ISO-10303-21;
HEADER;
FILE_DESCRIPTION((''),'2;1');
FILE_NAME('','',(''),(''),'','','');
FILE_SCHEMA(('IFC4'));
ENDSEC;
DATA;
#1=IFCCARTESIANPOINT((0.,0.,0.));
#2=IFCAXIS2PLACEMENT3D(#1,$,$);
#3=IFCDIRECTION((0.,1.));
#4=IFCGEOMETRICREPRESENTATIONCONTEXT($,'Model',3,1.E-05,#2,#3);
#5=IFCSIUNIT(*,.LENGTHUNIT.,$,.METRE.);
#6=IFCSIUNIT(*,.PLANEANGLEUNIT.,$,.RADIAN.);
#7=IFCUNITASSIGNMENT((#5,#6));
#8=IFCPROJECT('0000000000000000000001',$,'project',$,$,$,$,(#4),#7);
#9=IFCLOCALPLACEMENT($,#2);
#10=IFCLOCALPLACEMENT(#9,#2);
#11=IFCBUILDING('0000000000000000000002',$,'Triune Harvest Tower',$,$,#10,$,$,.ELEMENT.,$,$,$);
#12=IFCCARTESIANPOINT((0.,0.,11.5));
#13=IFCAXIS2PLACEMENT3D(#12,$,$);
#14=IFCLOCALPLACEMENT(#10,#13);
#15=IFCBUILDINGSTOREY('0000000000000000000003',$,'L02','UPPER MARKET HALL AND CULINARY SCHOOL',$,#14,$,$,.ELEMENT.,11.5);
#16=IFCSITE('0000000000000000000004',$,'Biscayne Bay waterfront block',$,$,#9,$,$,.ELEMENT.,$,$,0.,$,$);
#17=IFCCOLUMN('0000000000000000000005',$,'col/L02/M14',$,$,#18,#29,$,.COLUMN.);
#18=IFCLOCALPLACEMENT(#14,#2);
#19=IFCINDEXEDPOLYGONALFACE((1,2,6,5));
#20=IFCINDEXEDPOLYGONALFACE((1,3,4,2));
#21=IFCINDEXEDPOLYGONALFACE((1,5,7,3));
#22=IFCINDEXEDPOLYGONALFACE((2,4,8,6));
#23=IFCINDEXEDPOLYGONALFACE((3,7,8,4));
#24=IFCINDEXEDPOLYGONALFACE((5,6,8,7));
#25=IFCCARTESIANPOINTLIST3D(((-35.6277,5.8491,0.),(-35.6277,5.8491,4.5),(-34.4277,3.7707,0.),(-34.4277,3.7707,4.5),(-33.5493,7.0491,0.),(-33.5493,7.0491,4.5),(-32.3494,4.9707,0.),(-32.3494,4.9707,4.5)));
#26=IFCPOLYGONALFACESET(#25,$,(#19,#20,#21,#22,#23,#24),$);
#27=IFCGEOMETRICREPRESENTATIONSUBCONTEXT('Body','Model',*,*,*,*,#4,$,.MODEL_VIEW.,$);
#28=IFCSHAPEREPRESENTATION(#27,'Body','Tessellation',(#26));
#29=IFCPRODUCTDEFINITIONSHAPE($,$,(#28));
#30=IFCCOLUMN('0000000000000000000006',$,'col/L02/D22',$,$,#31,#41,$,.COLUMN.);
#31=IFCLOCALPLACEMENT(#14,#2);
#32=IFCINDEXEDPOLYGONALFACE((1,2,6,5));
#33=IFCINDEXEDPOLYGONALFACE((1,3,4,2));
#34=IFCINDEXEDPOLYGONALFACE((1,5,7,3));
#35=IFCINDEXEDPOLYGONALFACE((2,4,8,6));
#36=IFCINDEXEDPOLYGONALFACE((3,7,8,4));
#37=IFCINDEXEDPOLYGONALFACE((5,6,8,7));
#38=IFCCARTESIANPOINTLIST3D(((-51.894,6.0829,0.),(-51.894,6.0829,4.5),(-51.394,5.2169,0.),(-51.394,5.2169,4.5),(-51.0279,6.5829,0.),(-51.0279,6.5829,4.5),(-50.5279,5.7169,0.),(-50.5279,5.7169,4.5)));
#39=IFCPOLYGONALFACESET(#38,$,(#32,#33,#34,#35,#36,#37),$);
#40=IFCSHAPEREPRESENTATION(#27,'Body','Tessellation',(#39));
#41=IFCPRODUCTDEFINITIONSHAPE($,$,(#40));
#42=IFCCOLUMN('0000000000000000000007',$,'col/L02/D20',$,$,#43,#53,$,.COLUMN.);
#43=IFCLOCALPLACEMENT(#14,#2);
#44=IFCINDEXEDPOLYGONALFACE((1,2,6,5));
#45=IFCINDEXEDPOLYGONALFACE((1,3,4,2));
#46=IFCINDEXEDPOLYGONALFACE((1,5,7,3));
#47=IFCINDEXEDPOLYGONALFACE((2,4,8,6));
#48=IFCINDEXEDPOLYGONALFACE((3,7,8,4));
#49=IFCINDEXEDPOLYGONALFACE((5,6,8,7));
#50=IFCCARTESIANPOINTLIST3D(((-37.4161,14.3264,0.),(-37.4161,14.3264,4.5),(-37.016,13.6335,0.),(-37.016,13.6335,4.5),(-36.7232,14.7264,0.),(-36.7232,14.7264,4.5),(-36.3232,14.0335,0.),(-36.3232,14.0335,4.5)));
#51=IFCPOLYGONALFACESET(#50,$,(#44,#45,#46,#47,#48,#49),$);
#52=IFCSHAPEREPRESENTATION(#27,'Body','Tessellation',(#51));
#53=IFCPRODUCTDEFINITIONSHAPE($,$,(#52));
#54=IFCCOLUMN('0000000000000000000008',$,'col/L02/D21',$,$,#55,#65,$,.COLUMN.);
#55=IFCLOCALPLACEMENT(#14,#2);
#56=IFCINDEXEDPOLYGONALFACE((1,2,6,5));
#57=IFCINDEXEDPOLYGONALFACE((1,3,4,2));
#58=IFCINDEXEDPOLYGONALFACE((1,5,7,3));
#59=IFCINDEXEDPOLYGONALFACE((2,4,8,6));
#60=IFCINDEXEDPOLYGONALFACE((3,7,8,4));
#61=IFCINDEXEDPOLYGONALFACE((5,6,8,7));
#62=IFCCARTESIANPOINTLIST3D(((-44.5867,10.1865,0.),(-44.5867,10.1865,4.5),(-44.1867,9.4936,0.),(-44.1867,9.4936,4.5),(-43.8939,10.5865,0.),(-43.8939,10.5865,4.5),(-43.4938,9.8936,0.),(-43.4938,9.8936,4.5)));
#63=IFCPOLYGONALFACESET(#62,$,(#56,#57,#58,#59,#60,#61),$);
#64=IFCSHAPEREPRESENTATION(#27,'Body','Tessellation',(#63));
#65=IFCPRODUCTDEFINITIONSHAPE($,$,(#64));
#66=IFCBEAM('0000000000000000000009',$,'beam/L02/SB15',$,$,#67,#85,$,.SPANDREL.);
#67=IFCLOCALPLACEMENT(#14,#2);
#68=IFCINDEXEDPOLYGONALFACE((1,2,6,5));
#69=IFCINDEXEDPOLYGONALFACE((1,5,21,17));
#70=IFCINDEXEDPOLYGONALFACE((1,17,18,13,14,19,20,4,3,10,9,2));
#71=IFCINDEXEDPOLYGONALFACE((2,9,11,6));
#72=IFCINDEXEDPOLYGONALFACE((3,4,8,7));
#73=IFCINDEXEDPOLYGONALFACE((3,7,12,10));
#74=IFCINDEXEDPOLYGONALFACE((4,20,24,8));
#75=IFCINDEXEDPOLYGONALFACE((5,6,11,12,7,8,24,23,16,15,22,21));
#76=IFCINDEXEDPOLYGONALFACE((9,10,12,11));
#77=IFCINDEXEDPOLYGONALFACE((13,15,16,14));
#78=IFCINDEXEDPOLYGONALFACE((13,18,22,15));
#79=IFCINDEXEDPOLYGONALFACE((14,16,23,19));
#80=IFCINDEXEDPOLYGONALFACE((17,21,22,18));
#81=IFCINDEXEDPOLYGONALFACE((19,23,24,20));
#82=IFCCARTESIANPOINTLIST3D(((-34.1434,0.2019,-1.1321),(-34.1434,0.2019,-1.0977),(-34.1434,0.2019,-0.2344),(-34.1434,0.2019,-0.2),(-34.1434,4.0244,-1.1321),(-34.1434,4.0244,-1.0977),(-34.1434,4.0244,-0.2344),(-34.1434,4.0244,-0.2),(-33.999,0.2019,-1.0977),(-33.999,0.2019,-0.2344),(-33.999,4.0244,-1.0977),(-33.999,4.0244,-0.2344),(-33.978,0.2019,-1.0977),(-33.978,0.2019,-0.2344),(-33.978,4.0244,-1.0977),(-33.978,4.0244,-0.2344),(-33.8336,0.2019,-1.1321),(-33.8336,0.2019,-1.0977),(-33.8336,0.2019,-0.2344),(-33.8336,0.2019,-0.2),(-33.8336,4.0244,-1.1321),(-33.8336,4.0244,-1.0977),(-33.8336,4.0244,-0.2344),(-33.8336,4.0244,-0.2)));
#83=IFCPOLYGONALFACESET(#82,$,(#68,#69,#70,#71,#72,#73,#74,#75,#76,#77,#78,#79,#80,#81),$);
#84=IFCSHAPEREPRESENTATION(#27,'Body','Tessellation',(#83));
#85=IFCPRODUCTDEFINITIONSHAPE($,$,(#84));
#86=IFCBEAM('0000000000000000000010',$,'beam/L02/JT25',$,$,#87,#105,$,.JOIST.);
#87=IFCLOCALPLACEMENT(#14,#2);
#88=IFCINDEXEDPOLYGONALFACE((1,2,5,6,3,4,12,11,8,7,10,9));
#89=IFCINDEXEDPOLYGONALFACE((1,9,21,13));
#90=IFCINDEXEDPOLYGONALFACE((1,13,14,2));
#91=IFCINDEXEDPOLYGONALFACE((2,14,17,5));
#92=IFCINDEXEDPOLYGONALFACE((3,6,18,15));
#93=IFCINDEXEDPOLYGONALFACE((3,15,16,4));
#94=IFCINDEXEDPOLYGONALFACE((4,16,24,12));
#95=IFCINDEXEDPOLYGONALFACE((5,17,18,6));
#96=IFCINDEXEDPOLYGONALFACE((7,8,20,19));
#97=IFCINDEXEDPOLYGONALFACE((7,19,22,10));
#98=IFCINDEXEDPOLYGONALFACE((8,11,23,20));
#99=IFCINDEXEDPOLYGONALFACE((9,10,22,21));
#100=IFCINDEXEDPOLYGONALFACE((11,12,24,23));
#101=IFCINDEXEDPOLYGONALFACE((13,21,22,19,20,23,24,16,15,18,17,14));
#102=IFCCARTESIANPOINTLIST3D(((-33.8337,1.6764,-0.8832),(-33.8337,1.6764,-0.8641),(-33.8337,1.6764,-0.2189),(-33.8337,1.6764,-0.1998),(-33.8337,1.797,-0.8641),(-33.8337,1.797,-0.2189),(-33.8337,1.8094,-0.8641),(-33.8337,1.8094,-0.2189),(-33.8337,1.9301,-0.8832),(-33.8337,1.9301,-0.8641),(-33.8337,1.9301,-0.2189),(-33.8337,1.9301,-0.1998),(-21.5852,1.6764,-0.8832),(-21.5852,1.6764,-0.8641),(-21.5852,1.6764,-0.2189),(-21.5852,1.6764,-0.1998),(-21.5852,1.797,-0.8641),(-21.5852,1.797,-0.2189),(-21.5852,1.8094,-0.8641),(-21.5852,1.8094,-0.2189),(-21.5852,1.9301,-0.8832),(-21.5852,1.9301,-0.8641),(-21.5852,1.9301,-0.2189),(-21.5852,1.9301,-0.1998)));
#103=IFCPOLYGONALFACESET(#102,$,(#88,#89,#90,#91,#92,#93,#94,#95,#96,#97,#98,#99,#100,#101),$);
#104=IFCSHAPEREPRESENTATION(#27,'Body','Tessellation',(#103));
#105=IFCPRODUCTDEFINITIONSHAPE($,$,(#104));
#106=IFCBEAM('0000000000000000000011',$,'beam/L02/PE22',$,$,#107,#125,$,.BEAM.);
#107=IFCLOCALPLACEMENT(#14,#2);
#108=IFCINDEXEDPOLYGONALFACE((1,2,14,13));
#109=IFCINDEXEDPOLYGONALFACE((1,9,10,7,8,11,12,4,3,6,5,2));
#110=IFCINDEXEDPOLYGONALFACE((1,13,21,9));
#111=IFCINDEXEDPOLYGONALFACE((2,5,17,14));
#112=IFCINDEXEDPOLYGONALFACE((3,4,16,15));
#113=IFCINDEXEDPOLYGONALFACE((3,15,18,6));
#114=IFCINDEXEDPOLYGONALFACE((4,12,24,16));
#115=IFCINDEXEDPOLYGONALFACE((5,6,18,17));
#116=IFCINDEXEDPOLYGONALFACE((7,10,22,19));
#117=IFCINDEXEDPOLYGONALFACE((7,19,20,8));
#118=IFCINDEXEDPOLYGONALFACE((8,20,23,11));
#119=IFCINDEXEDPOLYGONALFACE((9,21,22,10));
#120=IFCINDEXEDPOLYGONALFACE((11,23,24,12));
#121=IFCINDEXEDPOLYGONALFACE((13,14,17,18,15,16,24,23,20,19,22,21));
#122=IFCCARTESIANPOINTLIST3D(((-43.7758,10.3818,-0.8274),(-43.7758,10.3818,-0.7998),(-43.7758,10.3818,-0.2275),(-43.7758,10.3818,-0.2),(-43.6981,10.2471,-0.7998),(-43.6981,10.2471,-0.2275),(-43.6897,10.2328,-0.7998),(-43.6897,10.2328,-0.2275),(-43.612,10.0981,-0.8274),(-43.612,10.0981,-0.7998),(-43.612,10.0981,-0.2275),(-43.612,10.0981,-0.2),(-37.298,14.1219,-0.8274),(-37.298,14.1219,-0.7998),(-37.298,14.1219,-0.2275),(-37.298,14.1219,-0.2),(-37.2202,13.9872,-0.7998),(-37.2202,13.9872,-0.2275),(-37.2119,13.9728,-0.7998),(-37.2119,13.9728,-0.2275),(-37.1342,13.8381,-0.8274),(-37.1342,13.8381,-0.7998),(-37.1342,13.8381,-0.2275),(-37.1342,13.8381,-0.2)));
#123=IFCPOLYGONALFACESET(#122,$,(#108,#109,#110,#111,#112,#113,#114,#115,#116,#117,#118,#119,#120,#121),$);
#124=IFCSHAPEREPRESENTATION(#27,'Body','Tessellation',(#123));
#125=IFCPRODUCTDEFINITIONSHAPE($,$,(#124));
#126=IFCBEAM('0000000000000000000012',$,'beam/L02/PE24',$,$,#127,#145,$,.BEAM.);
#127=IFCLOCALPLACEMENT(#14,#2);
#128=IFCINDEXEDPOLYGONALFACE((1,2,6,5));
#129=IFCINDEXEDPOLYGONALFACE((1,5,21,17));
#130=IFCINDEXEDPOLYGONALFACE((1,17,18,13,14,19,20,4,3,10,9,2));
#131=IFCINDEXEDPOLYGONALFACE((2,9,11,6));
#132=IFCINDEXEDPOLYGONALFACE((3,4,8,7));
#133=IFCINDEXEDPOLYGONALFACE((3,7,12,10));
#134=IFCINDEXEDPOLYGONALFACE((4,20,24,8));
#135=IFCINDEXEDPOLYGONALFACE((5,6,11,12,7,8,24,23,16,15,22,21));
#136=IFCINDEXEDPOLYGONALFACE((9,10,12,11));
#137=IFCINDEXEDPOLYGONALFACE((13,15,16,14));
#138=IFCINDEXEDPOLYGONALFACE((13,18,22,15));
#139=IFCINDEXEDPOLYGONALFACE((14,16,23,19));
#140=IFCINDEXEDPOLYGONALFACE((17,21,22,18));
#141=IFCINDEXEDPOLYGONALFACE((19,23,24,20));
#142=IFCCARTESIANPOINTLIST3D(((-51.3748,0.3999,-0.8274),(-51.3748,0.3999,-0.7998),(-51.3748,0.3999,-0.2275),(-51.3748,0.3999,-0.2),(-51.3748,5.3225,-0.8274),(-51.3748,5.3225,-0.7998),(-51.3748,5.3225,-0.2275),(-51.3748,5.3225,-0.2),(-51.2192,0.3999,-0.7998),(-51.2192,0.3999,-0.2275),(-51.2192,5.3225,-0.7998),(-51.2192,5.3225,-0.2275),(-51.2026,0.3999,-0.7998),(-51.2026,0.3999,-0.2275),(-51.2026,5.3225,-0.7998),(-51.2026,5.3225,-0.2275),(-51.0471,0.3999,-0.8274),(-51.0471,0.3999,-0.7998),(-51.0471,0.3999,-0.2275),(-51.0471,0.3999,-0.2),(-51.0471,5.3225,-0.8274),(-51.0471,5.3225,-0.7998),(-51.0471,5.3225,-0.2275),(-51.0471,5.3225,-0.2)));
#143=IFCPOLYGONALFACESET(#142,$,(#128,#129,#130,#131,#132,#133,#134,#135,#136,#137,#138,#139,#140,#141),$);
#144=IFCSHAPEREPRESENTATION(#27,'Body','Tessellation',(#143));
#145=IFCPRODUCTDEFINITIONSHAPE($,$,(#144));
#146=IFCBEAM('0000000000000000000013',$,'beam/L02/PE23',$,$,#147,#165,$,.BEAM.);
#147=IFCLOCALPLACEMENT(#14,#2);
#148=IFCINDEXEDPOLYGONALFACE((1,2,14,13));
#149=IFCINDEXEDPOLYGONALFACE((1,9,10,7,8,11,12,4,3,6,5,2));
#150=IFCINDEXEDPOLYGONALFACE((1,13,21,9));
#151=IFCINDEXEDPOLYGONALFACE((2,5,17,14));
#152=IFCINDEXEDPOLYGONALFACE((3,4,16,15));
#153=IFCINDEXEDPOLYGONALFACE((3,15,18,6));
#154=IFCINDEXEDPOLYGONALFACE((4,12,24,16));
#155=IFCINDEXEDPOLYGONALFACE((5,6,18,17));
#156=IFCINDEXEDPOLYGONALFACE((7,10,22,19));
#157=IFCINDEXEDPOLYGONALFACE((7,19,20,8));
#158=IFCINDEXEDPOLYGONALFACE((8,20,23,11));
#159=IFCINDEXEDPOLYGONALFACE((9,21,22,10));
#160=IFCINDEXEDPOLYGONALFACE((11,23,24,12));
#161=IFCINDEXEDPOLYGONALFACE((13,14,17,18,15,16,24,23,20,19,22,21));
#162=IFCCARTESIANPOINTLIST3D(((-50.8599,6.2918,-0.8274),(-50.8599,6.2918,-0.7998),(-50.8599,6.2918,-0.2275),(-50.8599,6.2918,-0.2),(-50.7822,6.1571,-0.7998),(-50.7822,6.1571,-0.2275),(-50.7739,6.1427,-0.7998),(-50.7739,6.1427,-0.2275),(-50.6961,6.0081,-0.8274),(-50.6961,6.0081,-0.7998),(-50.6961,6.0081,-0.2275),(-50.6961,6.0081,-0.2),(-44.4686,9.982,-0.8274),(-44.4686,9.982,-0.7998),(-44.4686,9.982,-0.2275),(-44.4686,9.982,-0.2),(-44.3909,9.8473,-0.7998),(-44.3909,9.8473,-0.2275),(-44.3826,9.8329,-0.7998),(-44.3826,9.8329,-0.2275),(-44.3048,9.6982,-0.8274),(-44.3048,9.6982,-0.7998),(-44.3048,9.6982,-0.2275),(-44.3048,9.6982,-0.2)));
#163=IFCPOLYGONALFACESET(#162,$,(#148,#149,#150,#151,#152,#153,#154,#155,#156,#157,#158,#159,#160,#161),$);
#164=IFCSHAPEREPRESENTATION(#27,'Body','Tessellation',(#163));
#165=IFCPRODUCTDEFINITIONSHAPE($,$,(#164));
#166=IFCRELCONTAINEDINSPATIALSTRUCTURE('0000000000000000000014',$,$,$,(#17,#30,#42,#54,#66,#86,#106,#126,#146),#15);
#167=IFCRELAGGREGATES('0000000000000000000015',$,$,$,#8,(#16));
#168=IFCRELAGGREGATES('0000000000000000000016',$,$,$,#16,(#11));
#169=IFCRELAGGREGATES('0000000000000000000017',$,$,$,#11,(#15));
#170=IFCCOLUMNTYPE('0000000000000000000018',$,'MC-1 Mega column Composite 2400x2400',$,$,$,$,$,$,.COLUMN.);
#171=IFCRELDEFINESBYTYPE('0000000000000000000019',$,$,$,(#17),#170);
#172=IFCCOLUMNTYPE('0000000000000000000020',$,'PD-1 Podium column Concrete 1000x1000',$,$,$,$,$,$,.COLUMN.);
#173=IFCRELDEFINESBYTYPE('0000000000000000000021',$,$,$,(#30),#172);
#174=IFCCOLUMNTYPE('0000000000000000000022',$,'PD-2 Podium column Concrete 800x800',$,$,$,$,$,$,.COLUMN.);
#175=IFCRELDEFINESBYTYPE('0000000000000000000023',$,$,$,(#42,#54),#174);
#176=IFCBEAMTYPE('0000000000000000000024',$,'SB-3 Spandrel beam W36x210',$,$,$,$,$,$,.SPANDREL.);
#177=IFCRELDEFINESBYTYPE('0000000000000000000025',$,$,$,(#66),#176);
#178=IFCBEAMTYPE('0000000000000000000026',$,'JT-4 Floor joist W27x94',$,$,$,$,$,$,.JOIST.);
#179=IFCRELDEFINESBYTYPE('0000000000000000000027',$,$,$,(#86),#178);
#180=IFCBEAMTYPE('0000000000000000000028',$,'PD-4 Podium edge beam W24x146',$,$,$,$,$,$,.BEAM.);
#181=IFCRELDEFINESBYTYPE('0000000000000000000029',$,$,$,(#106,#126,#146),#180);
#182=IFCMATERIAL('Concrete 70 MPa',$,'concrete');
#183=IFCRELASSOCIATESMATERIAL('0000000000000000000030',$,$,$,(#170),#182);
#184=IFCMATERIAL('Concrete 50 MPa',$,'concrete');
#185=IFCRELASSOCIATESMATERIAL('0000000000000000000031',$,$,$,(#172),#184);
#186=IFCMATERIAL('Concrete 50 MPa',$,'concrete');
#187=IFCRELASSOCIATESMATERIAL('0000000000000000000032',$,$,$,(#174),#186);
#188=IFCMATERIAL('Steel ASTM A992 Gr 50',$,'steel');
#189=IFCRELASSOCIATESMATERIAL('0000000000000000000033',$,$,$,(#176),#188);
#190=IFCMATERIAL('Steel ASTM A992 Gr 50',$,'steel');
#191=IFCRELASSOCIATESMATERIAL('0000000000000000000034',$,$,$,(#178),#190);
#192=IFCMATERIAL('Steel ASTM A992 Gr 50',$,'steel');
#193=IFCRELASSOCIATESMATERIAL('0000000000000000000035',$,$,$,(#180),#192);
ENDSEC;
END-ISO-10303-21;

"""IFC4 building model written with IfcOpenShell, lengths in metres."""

from ifc_helpers import new_model, si_unit, direction, frame, origin, origin_2d, place, context, subcontext, project, spatial, rectangle, i_section, extrude, source, transform, mapped, material, material_profile, profile_set, type_object, element, save


model = new_model("IFC4")

# Units and contexts
model_context = context("Model", 3, precision=1e-05, world=origin(), true_north=direction((0.0, 1.0)))
body_context = subcontext(model_context, "Body", "Model", "MODEL_VIEW")
ifc_project = project(units=[si_unit("LENGTHUNIT", "METRE"), si_unit("PLANEANGLEUNIT", "RADIAN")], contexts=[model_context])

# Site, building, storey
site_placement = place(None, origin())
site = spatial("IfcSite", under=ifc_project, at=site_placement, Name="Biscayne Bay waterfront block", CompositionType="ELEMENT", RefElevation=0.0)
building_placement = place(site_placement, origin())
building = spatial("IfcBuilding", under=site, at=building_placement, Name="Triune Harvest Tower", CompositionType="ELEMENT")
storey_placement = place(building_placement, frame((0.0, 0.0, 11.5)))
storey = spatial("IfcBuildingStorey", under=building, at=storey_placement, Name="L02", Description="UPPER MARKET HALL AND CULINARY SCHOOL", CompositionType="ELEMENT", Elevation=11.5)

# Columns
ifc_material_1 = material(Name="Concrete 70 MPa", Category="concrete")
ifc_material_profile_1 = material_profile(ifc_material_1, rectangle(XDim=2.3999, YDim=2.3999, at=origin_2d()), Name="Composite 2400x2400")
ifc_profile_set_1 = profile_set([ifc_material_profile_1], Name="Concrete 70 MPa")
column_type_1 = type_object("IfcColumnType", Name="MC-1 Mega column Composite 2400x2400", PredefinedType="COLUMN", material=ifc_profile_set_1)
shared_shape_1 = source(origin(), body_context, "Body", "SweptSolid", [
    extrude(rectangle(XDim=2.3999, YDim=2.3999, at=origin_2d()), origin(), (0.0, 0.0, 1.0), 4.5),
])
column_1_placement = place(storey_placement, frame((-33.9885, 5.4099, 0.0), z_axis=(0.0, 0.0, 1.0), x_axis=(-0.866025, -0.5, 0.0)))
element("IfcColumn", 1, at=column_1_placement, inside=storey, type_object=column_type_1, Name="col/L02/M14", PredefinedType="COLUMN", context=body_context, shape_type="MappedRepresentation", body=[
    mapped(shared_shape_1, transform((0.0, 0.0, 0.0), scale=1.0)),
])
ifc_material_2 = material(Name="Concrete 50 MPa", Category="concrete")
ifc_material_profile_2 = material_profile(ifc_material_2, rectangle(XDim=1.0, YDim=1.0, at=origin_2d()), Name="Concrete 1000x1000")
ifc_profile_set_2 = profile_set([ifc_material_profile_2], Name="Concrete 50 MPa")
column_type_2 = type_object("IfcColumnType", Name="PD-1 Podium column Concrete 1000x1000", PredefinedType="COLUMN", material=ifc_profile_set_2)
shared_shape_2 = source(origin(), body_context, "Body", "SweptSolid", [
    extrude(rectangle(XDim=1.0, YDim=1.0, at=origin_2d()), origin(), (0.0, 0.0, 1.0), 4.5),
])
column_2_placement = place(storey_placement, frame((-51.2109, 5.8999, 0.0), z_axis=(0.0, 0.0, 1.0), x_axis=(-0.866025, -0.5, 0.0)))
element("IfcColumn", 2, at=column_2_placement, inside=storey, type_object=column_type_2, Name="col/L02/D22", PredefinedType="COLUMN", context=body_context, shape_type="MappedRepresentation", body=[
    mapped(shared_shape_2, transform((0.0, 0.0, 0.0), scale=1.0)),
])
ifc_material_3 = material(Name="Concrete 50 MPa", Category="concrete")
ifc_material_profile_3 = material_profile(ifc_material_3, rectangle(XDim=0.8, YDim=0.8, at=origin_2d()), Name="Concrete 800x800")
ifc_profile_set_3 = profile_set([ifc_material_profile_3], Name="Concrete 50 MPa")
column_type_3 = type_object("IfcColumnType", Name="PD-2 Podium column Concrete 800x800", PredefinedType="COLUMN", material=ifc_profile_set_3)
shared_shape_3 = source(origin(), body_context, "Body", "SweptSolid", [
    extrude(rectangle(XDim=0.8, YDim=0.8, at=origin_2d()), origin(), (0.0, 0.0, 1.0), 4.5),
])
for number, where, z_axis, x_axis, name in (
    (3, (-36.8696, 14.1799, 0.0), (0.0, 0.0, 1.0), (-0.866025, -0.5, 0.0), "col/L02/D20"),
    (4, (-44.0403, 10.04, 0.0), (0.0, 0.0, 1.0), (-0.866025, -0.5, 0.0), "col/L02/D21"),
):
    element("IfcColumn", number, at=place(storey_placement, frame(where, z_axis=z_axis, x_axis=x_axis)), inside=storey, type_object=column_type_3, Name=name, PredefinedType="COLUMN", context=body_context, shape_type="MappedRepresentation", body=[
        mapped(shared_shape_3, transform((0.0, 0.0, 0.0), scale=1.0)),
    ])

# Beams
ifc_material_4 = material(Name="Steel ASTM A992 Gr 50", Category="steel")
ifc_material_profile_4 = material_profile(ifc_material_4, i_section(OverallWidth=0.3098, OverallDepth=0.9321, WebThickness=0.021, FlangeThickness=0.0344, at=origin_2d()), Name="W36x210")
ifc_profile_set_4 = profile_set([ifc_material_profile_4], Name="Steel ASTM A992 Gr 50")
beam_type_1 = type_object("IfcBeamType", Name="SB-3 Spandrel beam W36x210", PredefinedType="SPANDREL", material=ifc_profile_set_4)
shared_shape_4 = source(origin(), body_context, "Body", "SweptSolid", [
    extrude(i_section(OverallWidth=0.3098, OverallDepth=0.9321, WebThickness=0.021, FlangeThickness=0.0344, at=origin_2d()), origin(), (0.0, 0.0, 1.0), 3.8225),
])
beam_1_placement = place(storey_placement, frame((-33.9885, 4.0244, -0.666), z_axis=(0.0, -1.0, 0.0), x_axis=(1.0, 0.0, 0.0)))
element("IfcBeam", 5, at=beam_1_placement, inside=storey, type_object=beam_type_1, Name="beam/L02/SB15", PredefinedType="SPANDREL", context=body_context, shape_type="MappedRepresentation", body=[
    mapped(shared_shape_4, transform((0.0, 0.0, 0.0), scale=1.0)),
])
ifc_material_5 = material(Name="Steel ASTM A992 Gr 50", Category="steel")
ifc_material_profile_5 = material_profile(ifc_material_5, i_section(OverallWidth=0.2537, OverallDepth=0.6833, WebThickness=0.0125, FlangeThickness=0.019, at=origin_2d()), Name="W27x94")
ifc_profile_set_5 = profile_set([ifc_material_profile_5], Name="Steel ASTM A992 Gr 50")
beam_type_2 = type_object("IfcBeamType", Name="JT-4 Floor joist W27x94", PredefinedType="JOIST", material=ifc_profile_set_5)
shared_shape_5 = source(origin(), body_context, "Body", "SweptSolid", [
    extrude(i_section(OverallWidth=0.2537, OverallDepth=0.6833, WebThickness=0.0125, FlangeThickness=0.019, at=origin_2d()), origin(), (0.0, 0.0, 1.0), 12.2485),
])
beam_2_placement = place(storey_placement, frame((-33.8337, 1.8032, -0.5415), z_axis=(1.0, 0.0, 0.0), x_axis=(0.0, 1.0, 0.0)))
element("IfcBeam", 6, at=beam_2_placement, inside=storey, type_object=beam_type_2, Name="beam/L02/JT25", PredefinedType="JOIST", context=body_context, shape_type="MappedRepresentation", body=[
    mapped(shared_shape_5, transform((0.0, 0.0, 0.0), scale=1.0)),
])
ifc_material_6 = material(Name="Steel ASTM A992 Gr 50", Category="steel")
ifc_material_profile_6 = material_profile(ifc_material_6, i_section(OverallWidth=0.3276, OverallDepth=0.6274, WebThickness=0.0166, FlangeThickness=0.0276, at=origin_2d()), Name="W24x146")
ifc_profile_set_6 = profile_set([ifc_material_profile_6], Name="Steel ASTM A992 Gr 50")
beam_type_3 = type_object("IfcBeamType", Name="PD-4 Podium edge beam W24x146", PredefinedType="BEAM", material=ifc_profile_set_6)
shared_shape_6 = source(origin(), body_context, "Body", "SweptSolid", [
    extrude(i_section(OverallWidth=0.3276, OverallDepth=0.6274, WebThickness=0.0166, FlangeThickness=0.0276, at=origin_2d()), origin(), (0.0, 0.0, 1.0), 7.48),
])
beam_3_placement = place(storey_placement, frame((-37.2161, 13.98, -0.5137), z_axis=(-0.866023, -0.500004, 0.0), x_axis=(0.500004, -0.866023, 0.0)))
element("IfcBeam", 7, at=beam_3_placement, inside=storey, type_object=beam_type_3, Name="beam/L02/PE22", PredefinedType="BEAM", context=body_context, shape_type="MappedRepresentation", body=[
    mapped(shared_shape_6, transform((0.0, 0.0, 0.0), scale=1.0)),
])
shared_shape_7 = source(origin(), body_context, "Body", "SweptSolid", [
    extrude(i_section(OverallWidth=0.3276, OverallDepth=0.6274, WebThickness=0.0166, FlangeThickness=0.0276, at=origin_2d()), origin(), (0.0, 0.0, 1.0), 4.9226),
])
beam_4_placement = place(storey_placement, frame((-51.2109, 5.3225, -0.5137), z_axis=(0.0, -1.0, 0.0), x_axis=(1.0, 0.0, 0.0)))
element("IfcBeam", 8, at=beam_4_placement, inside=storey, type_object=beam_type_3, Name="beam/L02/PE24", PredefinedType="BEAM", context=body_context, shape_type="MappedRepresentation", body=[
    mapped(shared_shape_7, transform((0.0, 0.0, 0.0), scale=1.0)),
])
shared_shape_8 = source(origin(), body_context, "Body", "SweptSolid", [
    extrude(i_section(OverallWidth=0.3276, OverallDepth=0.6274, WebThickness=0.0166, FlangeThickness=0.0276, at=origin_2d()), origin(), (0.0, 0.0, 1.0), 7.3801),
])
beam_5_placement = place(storey_placement, frame((-44.3867, 9.8401, -0.5137), z_axis=(-0.866018, -0.500014, 0.0), x_axis=(0.500014, -0.866018, 0.0)))
element("IfcBeam", 9, at=beam_5_placement, inside=storey, type_object=beam_type_3, Name="beam/L02/PE23", PredefinedType="BEAM", context=body_context, shape_type="MappedRepresentation", body=[
    mapped(shared_shape_8, transform((0.0, 0.0, 0.0), scale=1.0)),
])

save(model, "model.ifc")
